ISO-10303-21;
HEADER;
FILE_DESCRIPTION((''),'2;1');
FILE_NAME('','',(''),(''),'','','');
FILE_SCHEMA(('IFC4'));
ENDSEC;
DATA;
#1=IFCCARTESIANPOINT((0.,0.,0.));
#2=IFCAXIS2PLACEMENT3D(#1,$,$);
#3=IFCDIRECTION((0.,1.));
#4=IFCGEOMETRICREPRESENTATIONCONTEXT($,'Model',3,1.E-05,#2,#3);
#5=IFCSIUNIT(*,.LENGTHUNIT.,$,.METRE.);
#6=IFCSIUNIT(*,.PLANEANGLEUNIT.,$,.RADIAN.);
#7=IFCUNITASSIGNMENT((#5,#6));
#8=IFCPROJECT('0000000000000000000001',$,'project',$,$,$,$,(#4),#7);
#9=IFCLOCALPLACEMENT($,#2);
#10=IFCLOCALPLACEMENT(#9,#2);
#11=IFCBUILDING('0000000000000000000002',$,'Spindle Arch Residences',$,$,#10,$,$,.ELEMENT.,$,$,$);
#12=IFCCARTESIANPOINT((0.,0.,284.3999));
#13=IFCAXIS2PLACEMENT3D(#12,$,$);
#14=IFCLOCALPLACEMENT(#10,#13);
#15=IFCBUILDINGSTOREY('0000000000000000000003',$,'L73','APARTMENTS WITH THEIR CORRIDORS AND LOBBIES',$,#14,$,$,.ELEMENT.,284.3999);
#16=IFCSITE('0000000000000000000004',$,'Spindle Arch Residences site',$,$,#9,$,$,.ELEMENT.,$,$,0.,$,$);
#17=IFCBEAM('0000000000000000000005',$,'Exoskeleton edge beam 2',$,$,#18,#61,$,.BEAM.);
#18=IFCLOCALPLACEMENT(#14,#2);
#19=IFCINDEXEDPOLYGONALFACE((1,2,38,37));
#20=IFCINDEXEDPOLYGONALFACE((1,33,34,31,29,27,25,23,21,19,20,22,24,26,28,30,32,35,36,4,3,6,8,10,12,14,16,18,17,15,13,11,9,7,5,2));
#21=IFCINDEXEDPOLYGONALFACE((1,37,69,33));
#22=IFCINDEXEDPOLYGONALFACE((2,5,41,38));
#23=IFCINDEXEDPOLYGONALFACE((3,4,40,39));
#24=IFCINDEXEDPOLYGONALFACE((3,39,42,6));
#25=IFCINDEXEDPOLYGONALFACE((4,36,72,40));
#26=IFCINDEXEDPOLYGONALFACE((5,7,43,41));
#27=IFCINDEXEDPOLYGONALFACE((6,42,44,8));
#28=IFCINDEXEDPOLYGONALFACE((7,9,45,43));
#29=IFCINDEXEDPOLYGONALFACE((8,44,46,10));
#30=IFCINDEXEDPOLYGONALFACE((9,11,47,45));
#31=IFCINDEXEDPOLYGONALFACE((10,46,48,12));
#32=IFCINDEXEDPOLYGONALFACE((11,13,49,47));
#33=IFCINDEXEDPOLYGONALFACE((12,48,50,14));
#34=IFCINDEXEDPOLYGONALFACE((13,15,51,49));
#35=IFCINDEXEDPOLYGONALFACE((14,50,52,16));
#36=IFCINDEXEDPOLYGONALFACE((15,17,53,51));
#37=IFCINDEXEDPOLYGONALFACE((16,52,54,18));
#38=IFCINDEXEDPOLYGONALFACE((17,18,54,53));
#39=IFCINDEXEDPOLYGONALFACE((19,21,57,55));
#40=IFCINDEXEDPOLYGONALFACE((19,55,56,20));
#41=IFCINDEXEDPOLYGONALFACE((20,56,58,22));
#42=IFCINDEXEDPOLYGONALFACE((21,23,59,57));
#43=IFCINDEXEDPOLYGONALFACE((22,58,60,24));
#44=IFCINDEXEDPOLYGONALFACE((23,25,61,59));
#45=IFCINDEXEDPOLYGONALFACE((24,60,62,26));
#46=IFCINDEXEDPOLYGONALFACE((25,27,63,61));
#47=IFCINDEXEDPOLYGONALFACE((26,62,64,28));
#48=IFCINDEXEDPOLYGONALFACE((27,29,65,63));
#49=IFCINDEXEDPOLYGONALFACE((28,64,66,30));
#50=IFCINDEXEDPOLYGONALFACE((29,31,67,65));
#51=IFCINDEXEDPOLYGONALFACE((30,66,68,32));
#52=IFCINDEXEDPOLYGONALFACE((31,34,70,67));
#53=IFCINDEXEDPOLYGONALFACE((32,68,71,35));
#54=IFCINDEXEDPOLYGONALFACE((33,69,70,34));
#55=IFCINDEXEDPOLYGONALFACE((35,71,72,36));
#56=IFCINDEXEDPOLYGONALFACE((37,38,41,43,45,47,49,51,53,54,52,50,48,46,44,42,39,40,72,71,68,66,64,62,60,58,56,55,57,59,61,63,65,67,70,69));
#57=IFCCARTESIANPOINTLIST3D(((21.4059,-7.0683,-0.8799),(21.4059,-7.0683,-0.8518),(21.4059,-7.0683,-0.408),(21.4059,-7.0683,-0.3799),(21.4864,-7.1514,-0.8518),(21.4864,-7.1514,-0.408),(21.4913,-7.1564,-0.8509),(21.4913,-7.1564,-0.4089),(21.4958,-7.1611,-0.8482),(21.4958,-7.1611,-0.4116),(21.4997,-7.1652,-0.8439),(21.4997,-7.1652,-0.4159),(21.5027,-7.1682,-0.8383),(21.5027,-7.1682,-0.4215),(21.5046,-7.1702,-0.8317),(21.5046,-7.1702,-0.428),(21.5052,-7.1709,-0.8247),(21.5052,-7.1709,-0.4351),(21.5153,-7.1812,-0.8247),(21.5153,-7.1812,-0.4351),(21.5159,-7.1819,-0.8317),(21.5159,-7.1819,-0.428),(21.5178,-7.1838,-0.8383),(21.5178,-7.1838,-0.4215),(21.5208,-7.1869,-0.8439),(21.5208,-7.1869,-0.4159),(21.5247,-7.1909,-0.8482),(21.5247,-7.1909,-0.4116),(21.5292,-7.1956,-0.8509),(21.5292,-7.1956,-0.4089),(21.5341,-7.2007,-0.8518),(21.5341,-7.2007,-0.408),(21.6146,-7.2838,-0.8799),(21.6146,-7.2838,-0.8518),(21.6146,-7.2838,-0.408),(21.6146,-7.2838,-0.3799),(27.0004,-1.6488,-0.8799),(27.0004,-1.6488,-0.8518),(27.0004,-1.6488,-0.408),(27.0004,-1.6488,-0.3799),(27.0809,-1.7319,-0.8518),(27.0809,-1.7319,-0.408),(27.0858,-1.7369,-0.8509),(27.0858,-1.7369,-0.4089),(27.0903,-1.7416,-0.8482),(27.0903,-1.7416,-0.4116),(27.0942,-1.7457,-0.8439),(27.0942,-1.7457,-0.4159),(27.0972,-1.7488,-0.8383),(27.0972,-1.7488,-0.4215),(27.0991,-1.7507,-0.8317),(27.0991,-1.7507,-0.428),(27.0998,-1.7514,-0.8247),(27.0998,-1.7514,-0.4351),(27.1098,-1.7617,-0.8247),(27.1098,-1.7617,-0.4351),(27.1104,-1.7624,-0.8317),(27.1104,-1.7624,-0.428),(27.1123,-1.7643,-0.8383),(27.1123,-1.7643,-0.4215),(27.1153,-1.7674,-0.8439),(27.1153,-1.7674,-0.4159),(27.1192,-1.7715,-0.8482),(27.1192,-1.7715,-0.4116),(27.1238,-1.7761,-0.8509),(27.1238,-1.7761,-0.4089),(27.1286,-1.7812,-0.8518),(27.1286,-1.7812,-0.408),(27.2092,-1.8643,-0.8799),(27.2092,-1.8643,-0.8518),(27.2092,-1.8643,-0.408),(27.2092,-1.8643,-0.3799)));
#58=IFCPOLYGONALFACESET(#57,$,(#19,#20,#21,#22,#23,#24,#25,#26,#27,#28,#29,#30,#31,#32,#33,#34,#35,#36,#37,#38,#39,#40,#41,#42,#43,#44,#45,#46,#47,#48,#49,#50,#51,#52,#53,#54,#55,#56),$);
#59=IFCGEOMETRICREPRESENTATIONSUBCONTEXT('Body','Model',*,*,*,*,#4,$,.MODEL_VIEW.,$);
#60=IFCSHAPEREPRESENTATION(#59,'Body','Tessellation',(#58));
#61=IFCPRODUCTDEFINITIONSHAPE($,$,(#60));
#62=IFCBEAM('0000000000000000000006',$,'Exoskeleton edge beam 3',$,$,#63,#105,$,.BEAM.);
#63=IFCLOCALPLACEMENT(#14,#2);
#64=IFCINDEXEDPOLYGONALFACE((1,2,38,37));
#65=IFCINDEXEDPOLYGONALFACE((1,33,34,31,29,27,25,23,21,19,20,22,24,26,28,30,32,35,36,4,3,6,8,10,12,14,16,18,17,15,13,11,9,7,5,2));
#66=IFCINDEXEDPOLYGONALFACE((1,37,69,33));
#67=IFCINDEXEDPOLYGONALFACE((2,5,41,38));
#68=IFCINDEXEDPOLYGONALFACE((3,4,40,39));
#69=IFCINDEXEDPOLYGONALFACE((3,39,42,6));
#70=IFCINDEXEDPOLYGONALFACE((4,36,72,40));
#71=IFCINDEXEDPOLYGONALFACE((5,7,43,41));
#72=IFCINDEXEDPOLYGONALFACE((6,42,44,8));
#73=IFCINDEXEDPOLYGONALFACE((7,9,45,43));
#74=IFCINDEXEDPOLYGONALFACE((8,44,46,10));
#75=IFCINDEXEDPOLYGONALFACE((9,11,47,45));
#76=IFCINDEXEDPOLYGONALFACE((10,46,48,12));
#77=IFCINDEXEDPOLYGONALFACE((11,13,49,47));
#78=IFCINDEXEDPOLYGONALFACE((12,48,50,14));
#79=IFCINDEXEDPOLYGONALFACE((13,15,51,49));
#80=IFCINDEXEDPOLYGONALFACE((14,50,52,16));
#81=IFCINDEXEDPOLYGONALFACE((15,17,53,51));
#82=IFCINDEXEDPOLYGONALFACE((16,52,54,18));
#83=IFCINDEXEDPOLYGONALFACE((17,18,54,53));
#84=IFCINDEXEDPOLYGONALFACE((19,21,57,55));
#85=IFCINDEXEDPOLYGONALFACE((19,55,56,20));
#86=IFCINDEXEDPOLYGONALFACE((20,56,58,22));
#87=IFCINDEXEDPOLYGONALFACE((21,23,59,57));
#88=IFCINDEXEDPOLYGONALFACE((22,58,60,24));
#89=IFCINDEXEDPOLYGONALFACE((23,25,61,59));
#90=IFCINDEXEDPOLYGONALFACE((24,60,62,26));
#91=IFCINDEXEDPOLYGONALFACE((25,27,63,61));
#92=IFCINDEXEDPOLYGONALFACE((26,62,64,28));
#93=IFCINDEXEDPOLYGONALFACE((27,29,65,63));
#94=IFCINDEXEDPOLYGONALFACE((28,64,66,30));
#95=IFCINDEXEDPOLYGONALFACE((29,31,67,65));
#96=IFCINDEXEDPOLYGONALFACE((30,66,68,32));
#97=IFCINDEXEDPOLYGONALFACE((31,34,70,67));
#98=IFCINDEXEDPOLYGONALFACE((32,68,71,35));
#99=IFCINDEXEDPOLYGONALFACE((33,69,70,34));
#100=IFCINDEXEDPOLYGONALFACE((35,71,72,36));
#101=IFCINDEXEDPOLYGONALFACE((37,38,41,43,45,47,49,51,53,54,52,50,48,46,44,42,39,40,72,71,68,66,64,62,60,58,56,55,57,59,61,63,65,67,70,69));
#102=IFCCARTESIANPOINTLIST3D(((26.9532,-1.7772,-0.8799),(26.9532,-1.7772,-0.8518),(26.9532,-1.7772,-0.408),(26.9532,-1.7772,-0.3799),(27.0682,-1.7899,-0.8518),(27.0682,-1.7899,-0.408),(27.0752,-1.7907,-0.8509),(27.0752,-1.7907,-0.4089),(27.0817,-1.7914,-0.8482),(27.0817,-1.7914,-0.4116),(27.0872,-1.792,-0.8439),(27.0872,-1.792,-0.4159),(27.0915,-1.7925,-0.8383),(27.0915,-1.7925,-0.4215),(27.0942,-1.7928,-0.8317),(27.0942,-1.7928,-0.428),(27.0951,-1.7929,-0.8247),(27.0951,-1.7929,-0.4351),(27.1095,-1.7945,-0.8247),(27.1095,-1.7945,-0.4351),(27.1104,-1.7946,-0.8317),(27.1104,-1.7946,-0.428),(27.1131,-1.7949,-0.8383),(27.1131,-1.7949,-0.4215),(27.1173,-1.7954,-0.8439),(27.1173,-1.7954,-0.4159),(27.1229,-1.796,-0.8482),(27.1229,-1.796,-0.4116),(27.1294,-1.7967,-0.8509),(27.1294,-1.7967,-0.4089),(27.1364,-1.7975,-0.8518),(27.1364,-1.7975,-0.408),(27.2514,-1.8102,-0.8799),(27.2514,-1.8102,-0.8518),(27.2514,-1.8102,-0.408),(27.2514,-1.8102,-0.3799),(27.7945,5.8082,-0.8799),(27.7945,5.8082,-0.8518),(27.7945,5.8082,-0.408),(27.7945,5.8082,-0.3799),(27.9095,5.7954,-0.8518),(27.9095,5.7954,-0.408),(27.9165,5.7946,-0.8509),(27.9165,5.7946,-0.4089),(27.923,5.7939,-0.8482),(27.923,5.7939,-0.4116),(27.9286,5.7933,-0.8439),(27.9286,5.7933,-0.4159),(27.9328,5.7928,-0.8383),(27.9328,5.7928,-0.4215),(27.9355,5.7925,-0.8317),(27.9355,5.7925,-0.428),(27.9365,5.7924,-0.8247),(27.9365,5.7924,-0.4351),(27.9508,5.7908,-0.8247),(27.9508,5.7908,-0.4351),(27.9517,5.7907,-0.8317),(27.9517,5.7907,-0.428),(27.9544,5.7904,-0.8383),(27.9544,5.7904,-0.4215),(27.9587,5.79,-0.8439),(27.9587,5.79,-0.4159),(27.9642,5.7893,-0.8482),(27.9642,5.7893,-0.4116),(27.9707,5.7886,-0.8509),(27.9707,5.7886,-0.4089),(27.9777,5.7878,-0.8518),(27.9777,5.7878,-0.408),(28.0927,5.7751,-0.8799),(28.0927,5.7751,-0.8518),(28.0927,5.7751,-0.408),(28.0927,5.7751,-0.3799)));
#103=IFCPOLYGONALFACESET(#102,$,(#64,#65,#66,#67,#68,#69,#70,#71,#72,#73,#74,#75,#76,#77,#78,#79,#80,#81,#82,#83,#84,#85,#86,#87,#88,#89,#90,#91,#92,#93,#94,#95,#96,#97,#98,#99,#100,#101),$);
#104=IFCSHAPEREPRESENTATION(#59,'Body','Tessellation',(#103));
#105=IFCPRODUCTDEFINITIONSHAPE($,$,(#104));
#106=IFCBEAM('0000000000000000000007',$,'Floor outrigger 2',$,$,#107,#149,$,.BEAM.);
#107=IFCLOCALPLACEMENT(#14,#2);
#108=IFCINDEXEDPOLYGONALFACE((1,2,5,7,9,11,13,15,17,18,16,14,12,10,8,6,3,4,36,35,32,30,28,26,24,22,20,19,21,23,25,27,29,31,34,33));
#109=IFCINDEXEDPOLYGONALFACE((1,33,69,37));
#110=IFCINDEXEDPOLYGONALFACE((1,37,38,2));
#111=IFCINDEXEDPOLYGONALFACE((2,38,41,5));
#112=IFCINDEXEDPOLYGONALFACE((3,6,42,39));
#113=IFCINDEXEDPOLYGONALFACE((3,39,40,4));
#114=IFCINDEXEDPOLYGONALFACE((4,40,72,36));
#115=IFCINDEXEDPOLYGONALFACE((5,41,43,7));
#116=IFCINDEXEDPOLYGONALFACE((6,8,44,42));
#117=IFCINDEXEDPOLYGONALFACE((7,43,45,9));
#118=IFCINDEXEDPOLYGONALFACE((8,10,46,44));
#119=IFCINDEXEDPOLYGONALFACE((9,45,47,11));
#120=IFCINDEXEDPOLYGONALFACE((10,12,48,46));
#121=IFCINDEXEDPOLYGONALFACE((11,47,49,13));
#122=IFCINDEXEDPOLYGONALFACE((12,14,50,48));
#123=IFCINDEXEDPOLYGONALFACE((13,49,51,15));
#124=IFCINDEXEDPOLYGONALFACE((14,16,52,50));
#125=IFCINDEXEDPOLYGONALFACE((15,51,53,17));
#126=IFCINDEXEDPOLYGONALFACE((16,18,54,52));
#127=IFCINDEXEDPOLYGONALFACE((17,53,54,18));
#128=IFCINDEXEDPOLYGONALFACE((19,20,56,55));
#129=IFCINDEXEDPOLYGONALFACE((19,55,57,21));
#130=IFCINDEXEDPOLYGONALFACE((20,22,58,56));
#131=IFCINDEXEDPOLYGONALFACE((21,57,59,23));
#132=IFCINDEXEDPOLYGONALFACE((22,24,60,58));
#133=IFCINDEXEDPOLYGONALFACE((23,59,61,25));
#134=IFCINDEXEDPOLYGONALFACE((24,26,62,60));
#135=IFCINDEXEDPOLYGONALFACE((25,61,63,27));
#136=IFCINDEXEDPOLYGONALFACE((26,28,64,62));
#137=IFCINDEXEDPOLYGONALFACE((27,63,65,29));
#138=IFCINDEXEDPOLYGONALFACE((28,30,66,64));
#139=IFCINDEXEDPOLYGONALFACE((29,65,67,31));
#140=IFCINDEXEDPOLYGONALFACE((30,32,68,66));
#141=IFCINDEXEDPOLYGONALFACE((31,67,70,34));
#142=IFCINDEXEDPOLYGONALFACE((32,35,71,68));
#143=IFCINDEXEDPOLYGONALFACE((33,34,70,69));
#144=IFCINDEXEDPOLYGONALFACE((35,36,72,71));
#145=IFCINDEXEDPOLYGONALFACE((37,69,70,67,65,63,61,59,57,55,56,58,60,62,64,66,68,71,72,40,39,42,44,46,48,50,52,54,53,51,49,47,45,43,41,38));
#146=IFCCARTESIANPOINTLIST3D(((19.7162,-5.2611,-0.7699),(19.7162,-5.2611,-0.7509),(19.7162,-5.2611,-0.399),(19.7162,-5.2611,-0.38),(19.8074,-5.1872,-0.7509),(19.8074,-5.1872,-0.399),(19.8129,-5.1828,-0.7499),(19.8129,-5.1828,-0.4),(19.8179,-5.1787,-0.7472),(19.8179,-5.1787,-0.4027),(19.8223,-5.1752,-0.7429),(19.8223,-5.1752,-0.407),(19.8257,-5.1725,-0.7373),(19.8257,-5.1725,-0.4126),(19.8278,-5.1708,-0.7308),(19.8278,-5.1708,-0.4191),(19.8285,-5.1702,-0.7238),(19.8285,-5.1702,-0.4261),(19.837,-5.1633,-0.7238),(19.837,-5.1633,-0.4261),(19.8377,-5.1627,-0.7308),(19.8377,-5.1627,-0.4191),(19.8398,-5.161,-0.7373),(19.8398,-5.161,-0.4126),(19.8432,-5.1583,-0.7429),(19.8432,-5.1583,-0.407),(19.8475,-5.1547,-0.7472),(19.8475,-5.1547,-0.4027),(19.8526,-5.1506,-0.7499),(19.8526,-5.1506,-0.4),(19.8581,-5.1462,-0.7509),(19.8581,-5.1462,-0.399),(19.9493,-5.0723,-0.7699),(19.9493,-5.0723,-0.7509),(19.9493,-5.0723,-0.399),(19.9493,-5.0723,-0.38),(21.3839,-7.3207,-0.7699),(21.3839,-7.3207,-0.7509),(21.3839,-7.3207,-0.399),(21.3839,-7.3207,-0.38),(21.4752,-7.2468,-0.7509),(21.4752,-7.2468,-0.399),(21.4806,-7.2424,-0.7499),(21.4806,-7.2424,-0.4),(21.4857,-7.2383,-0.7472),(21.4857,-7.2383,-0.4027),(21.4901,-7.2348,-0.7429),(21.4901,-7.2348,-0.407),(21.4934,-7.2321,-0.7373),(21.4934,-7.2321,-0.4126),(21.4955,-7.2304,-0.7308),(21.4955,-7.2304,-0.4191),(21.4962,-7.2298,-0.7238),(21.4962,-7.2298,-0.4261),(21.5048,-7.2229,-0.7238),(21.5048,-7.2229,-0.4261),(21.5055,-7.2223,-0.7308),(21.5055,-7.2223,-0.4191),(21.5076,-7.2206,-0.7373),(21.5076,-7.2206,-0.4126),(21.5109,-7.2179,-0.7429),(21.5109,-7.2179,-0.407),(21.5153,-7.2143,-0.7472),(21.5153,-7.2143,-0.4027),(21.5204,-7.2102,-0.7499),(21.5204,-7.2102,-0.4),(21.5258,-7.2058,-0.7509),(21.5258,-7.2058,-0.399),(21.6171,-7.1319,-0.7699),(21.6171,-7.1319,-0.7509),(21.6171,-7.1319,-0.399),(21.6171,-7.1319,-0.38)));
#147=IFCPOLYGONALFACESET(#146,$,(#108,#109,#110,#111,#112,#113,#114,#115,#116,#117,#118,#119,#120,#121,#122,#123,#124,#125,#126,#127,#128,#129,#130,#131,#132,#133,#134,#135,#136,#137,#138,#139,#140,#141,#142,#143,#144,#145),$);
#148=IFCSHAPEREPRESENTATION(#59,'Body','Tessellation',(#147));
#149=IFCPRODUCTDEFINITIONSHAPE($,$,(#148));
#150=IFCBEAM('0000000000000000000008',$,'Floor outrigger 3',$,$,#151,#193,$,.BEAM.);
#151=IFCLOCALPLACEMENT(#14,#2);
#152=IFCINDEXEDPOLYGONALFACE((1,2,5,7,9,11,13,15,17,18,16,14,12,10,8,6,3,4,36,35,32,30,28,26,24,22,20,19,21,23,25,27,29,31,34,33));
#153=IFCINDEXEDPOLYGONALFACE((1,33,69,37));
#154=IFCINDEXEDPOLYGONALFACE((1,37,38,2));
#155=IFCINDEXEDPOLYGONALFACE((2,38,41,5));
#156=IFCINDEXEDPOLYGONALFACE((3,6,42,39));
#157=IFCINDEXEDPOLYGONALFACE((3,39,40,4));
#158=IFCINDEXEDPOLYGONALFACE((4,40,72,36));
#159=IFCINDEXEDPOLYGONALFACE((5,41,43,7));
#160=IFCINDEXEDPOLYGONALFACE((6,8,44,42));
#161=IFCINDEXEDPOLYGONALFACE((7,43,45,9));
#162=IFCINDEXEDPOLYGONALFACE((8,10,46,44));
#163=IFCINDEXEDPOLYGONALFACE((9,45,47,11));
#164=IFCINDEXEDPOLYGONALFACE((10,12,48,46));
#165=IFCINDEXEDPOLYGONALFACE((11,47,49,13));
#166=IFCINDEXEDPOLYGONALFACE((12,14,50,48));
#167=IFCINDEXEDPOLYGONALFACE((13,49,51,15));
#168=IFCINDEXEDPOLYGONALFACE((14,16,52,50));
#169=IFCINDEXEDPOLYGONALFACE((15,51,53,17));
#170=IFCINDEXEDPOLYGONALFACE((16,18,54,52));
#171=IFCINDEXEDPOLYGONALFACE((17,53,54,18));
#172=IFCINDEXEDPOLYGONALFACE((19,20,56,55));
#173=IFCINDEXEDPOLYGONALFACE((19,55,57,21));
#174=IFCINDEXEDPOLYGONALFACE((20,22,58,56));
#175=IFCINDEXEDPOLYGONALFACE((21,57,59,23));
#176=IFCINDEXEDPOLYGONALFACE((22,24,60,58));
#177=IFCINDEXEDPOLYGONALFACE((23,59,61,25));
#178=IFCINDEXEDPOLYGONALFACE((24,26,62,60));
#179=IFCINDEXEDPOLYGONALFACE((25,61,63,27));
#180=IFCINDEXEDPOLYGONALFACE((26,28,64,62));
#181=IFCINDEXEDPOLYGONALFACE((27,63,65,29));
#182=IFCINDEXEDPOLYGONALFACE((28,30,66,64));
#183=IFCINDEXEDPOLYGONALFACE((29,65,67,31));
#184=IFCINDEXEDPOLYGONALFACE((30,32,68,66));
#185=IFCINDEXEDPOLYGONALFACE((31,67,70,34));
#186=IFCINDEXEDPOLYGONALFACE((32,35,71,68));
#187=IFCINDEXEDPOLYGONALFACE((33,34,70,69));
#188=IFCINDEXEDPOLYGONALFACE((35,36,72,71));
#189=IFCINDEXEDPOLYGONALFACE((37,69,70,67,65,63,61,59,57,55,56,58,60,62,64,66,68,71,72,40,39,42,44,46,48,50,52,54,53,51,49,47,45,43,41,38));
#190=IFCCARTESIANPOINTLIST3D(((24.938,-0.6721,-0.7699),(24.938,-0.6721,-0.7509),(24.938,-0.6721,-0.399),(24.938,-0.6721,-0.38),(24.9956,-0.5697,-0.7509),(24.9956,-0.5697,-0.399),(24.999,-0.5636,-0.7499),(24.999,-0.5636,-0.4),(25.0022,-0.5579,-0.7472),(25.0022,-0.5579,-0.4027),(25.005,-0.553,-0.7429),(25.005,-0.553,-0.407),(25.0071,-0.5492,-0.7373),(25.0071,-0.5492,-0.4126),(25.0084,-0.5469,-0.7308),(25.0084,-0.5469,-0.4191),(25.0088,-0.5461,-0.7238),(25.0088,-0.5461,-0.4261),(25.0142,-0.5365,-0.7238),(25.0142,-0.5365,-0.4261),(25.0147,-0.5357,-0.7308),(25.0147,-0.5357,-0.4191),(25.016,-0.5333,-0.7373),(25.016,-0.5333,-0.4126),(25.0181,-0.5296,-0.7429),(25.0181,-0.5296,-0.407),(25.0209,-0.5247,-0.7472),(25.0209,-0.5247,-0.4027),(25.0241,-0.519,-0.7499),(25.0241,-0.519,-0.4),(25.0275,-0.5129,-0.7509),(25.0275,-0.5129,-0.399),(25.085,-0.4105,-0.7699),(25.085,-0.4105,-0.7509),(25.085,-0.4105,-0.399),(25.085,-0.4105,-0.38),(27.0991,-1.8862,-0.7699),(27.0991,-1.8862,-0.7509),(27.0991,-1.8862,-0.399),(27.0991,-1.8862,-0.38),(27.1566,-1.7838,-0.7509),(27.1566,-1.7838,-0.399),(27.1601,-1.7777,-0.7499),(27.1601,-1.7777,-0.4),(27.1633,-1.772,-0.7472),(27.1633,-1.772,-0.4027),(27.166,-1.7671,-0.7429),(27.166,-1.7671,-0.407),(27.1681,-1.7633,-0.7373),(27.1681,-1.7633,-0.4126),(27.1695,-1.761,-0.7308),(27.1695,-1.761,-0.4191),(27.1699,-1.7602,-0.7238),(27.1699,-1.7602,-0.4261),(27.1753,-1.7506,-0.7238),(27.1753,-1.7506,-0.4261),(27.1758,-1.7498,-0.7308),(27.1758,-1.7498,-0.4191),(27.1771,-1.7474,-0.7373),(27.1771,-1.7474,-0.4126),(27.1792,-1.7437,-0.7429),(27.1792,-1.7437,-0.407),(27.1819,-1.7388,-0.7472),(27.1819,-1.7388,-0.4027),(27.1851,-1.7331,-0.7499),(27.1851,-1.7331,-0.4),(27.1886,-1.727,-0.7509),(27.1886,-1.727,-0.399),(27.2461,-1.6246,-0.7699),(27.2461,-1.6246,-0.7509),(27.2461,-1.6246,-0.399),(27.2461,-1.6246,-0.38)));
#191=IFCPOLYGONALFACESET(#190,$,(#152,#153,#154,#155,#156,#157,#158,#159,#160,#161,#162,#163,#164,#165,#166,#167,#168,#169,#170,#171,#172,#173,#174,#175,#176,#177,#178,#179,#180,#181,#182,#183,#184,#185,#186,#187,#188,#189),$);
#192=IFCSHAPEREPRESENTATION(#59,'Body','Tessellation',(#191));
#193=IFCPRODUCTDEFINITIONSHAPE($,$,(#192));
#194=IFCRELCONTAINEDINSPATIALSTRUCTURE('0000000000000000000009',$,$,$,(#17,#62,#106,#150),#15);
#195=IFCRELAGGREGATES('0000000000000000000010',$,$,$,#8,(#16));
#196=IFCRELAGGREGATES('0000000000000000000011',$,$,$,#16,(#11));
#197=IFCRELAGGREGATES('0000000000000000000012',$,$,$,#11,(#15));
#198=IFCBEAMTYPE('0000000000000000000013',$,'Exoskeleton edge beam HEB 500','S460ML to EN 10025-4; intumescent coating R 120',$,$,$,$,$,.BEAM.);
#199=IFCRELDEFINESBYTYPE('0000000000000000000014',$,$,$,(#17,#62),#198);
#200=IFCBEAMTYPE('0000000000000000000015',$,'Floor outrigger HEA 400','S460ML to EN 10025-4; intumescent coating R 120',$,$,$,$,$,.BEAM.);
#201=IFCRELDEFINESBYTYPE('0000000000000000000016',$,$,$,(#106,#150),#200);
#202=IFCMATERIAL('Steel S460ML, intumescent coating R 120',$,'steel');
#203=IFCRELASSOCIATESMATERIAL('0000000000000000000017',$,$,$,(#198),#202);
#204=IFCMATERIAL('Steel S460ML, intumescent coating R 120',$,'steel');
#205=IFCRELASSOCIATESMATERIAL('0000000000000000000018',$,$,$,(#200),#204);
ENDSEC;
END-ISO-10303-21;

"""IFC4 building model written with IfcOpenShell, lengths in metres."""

from ifc_helpers import new_model, si_unit, direction, frame, origin, origin_2d, place, context, subcontext, project, spatial, i_section, extrude, material, material_profile, profile_set, type_object, element, save


model = new_model("IFC4")

# Units and contexts
model_context = context("Model", 3, precision=1e-05, world=origin(), true_north=direction((0.0, 1.0)))
body_context = subcontext(model_context, "Body", "Model", "MODEL_VIEW")
ifc_project = project(units=[si_unit("LENGTHUNIT", "METRE"), si_unit("PLANEANGLEUNIT", "RADIAN")], contexts=[model_context])

# Site, building, storey
site_placement = place(None, origin())
site = spatial("IfcSite", under=ifc_project, at=site_placement, Name="Spindle Arch Residences site", CompositionType="ELEMENT", RefElevation=0.0)
building_placement = place(site_placement, origin())
building = spatial("IfcBuilding", under=site, at=building_placement, Name="Spindle Arch Residences", CompositionType="ELEMENT")
storey_placement = place(building_placement, frame((0.0, 0.0, 284.3999)))
storey = spatial("IfcBuildingStorey", under=building, at=storey_placement, Name="L73", Description="APARTMENTS WITH THEIR CORRIDORS AND LOBBIES", CompositionType="ELEMENT", Elevation=284.3999)

# Beams
ifc_material_1 = material(Name="Steel S460ML, intumescent coating R 120", Category="steel")
ifc_material_profile_1 = material_profile(ifc_material_1, i_section(OverallWidth=0.3, OverallDepth=0.5, WebThickness=0.0144, FlangeThickness=0.0281, FilletRadius=0.0271, at=origin_2d()), Name="HEB 500")
ifc_profile_set_1 = profile_set([ifc_material_profile_1], Name="Steel S460ML, intumescent coating R 120")
beam_type_1 = type_object("IfcBeamType", Name="Exoskeleton edge beam HEB 500", Description="S460ML to EN 10025-4; intumescent coating R 120", PredefinedType="BEAM", material=ifc_profile_set_1)
beam_1_placement = place(storey_placement, frame((21.5103, -7.176, -0.6299), z_axis=(0.718254, 0.695781, 0.0), x_axis=(-0.695781, 0.718254, 0.0)))
element("IfcBeam", 1, at=beam_1_placement, inside=storey, type_object=beam_type_1, Name="Exoskeleton edge beam 2", PredefinedType="BEAM", context=body_context, shape_type="SweptSolid", body=[
    extrude(i_section(OverallWidth=0.3, OverallDepth=0.5, WebThickness=0.0144, FlangeThickness=0.0281, FilletRadius=0.0271, at=origin_2d()), origin(), (0.0, 0.0, 1.0), 7.7891),
])
beam_2_placement = place(storey_placement, frame((27.1023, -1.7937, -0.6299), z_axis=(0.110238, 0.993905, 0.0), x_axis=(-0.993905, 0.110238, 0.0)))
element("IfcBeam", 2, at=beam_2_placement, inside=storey, type_object=beam_type_1, Name="Exoskeleton edge beam 3", PredefinedType="BEAM", context=body_context, shape_type="SweptSolid", body=[
    extrude(i_section(OverallWidth=0.3, OverallDepth=0.5, WebThickness=0.0144, FlangeThickness=0.0281, FilletRadius=0.0271, at=origin_2d()), origin(), (0.0, 0.0, 1.0), 7.6318),
])
ifc_material_2 = material(Name="Steel S460ML, intumescent coating R 120", Category="steel")
ifc_material_profile_2 = material_profile(ifc_material_2, i_section(OverallWidth=0.3, OverallDepth=0.3899, WebThickness=0.011, FlangeThickness=0.019, FilletRadius=0.0271, at=origin_2d()), Name="HEA 400")
ifc_profile_set_2 = profile_set([ifc_material_profile_2], Name="Steel S460ML, intumescent coating R 120")
beam_type_2 = type_object("IfcBeamType", Name="Floor outrigger HEA 400", Description="S460ML to EN 10025-4; intumescent coating R 120", PredefinedType="BEAM", material=ifc_profile_set_2)
beam_3_placement = place(storey_placement, frame((21.5005, -7.2263, -0.575), z_axis=(-0.629302, 0.777161, 0.0), x_axis=(-0.777161, -0.629302, 0.0)))
element("IfcBeam", 3, at=beam_3_placement, inside=storey, type_object=beam_type_2, Name="Floor outrigger 2", PredefinedType="BEAM", context=body_context, shape_type="SweptSolid", body=[
    extrude(i_section(OverallWidth=0.3, OverallDepth=0.3899, WebThickness=0.011, FlangeThickness=0.019, FilletRadius=0.0271, at=origin_2d()), origin(), (0.0, 0.0, 1.0), 2.6501),
])
beam_4_placement = place(storey_placement, frame((27.1726, -1.7554, -0.575), z_axis=(-0.871838, 0.489794, 0.0), x_axis=(-0.489794, -0.871838, 0.0)))
element("IfcBeam", 4, at=beam_4_placement, inside=storey, type_object=beam_type_2, Name="Floor outrigger 3", PredefinedType="BEAM", context=body_context, shape_type="SweptSolid", body=[
    extrude(i_section(OverallWidth=0.3, OverallDepth=0.3899, WebThickness=0.011, FlangeThickness=0.019, FilletRadius=0.0271, at=origin_2d()), origin(), (0.0, 0.0, 1.0), 2.4788),
])

save(model, "model.ifc")
